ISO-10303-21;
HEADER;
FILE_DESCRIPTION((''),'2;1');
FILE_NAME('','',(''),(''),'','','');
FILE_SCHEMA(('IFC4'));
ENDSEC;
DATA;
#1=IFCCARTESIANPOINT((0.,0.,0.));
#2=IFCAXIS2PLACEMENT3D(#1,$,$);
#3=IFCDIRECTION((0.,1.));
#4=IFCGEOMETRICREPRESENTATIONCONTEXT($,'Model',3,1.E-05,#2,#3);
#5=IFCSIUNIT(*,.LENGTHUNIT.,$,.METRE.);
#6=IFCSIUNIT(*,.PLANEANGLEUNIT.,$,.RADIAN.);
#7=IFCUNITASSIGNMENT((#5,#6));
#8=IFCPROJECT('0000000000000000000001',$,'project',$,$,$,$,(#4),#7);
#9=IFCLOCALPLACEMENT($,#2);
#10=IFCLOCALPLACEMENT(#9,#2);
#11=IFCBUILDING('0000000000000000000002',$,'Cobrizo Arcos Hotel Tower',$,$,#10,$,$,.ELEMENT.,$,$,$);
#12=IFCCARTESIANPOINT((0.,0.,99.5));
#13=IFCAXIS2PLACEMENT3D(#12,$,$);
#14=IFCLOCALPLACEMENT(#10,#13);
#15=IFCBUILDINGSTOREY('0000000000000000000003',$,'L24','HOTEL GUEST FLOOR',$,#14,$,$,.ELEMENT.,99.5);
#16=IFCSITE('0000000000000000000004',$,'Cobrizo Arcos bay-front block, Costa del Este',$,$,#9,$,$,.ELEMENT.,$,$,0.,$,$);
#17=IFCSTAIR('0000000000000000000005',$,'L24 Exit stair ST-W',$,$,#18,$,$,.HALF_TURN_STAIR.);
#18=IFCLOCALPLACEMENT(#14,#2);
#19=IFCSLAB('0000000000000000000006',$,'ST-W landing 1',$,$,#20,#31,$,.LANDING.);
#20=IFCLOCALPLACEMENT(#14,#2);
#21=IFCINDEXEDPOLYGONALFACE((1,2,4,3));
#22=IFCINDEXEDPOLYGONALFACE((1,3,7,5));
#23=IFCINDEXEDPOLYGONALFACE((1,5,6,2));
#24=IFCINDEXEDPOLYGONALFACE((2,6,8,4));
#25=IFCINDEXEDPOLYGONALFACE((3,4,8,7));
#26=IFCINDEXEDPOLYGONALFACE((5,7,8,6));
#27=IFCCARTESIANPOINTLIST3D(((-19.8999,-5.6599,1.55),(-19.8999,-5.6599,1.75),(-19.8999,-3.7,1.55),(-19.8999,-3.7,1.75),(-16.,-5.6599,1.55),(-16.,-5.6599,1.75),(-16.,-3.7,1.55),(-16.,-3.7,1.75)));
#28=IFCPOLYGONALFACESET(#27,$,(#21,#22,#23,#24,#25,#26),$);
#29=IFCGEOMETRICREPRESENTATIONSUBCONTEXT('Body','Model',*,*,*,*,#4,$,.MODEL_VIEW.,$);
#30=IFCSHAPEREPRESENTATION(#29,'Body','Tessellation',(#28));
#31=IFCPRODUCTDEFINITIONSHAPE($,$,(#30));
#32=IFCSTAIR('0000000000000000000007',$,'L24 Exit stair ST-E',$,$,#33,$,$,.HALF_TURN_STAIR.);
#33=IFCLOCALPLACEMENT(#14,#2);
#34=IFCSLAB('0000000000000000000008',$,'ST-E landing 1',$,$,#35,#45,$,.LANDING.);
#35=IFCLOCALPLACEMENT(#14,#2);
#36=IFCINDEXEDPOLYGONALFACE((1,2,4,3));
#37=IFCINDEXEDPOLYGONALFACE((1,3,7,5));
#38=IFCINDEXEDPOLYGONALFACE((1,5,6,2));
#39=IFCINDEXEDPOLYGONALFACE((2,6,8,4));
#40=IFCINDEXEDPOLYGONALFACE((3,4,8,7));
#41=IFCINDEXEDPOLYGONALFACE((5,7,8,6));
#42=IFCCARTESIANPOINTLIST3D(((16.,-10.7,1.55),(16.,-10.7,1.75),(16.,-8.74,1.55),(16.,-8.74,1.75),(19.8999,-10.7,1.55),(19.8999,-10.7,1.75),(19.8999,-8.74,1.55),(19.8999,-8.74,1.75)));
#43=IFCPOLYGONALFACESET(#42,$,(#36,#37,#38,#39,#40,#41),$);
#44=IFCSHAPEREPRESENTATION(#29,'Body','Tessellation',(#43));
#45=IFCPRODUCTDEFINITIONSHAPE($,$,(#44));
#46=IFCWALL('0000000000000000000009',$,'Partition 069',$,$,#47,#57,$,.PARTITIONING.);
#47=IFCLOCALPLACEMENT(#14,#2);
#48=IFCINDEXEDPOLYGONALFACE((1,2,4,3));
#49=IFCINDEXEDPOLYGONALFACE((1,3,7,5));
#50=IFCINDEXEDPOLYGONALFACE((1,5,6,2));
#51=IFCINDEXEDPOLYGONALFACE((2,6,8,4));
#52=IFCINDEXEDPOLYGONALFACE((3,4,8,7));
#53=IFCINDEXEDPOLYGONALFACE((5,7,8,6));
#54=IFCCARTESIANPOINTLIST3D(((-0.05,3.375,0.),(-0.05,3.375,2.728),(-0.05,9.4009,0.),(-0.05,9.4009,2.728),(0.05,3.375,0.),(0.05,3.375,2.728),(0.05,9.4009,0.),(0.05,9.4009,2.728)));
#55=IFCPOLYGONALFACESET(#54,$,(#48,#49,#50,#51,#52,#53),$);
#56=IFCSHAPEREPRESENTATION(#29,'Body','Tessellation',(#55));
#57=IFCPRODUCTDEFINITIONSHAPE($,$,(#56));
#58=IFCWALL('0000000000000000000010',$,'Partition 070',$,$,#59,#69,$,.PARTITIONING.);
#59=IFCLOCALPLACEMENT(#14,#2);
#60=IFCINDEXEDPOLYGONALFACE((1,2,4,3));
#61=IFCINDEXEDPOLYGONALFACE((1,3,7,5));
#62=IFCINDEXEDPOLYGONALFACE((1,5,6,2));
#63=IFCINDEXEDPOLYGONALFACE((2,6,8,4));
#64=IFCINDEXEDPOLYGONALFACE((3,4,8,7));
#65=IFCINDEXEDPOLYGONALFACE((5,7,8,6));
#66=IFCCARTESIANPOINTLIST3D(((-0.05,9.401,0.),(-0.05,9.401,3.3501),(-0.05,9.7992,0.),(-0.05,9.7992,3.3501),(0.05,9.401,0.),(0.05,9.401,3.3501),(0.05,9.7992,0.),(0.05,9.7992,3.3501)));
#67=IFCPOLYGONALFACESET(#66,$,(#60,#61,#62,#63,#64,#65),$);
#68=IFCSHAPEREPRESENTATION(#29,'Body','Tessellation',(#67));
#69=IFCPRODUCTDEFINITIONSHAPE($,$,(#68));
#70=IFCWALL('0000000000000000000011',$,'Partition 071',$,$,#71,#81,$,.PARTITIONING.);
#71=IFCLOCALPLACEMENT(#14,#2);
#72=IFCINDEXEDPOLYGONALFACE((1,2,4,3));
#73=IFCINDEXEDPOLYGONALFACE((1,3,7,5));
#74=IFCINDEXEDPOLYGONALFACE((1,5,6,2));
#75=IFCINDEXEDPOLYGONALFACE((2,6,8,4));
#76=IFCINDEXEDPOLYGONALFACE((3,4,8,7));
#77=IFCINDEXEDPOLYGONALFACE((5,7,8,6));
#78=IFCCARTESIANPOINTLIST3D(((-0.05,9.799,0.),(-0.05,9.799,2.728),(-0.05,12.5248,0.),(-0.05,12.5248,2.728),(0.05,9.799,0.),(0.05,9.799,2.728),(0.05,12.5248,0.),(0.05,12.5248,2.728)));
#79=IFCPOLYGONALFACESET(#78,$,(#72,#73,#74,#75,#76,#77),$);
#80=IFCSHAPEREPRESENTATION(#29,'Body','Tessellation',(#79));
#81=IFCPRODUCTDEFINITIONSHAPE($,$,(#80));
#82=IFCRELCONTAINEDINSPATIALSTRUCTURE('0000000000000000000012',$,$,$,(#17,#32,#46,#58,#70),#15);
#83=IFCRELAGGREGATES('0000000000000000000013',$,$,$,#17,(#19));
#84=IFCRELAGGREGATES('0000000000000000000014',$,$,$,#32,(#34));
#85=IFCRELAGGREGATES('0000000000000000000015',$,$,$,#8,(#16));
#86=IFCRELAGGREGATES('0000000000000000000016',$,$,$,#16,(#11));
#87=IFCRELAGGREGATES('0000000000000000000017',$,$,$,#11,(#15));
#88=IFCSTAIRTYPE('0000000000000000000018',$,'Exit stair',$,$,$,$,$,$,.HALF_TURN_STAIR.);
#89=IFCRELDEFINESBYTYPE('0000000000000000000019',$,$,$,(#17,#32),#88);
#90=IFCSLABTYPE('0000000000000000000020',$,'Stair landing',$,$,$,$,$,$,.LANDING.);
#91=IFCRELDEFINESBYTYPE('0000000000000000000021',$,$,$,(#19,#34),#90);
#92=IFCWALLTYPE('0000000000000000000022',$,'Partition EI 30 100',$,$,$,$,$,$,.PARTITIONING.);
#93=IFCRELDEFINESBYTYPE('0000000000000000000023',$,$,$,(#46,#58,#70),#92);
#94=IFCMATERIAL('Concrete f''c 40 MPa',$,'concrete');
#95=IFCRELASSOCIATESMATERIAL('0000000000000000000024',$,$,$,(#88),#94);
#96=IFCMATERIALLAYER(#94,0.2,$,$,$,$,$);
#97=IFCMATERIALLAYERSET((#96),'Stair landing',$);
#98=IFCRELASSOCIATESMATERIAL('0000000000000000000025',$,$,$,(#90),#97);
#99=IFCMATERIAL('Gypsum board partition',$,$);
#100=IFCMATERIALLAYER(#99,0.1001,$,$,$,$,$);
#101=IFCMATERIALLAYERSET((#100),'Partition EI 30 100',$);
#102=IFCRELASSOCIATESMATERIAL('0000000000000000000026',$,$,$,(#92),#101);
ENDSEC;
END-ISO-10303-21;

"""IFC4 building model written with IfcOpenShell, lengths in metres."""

from ifc_helpers import new_model, si_unit, direction, frame, frame_2d, origin, place, context, subcontext, project, spatial, polyline, rectangle, outline, extrude, material, layer, layer_set, type_object, element, aggregate, save


model = new_model("IFC4")

# Units and contexts
model_context = context("Model", 3, precision=1e-05, world=origin(), true_north=direction((0.0, 1.0)))
body_context = subcontext(model_context, "Body", "Model", "MODEL_VIEW")
ifc_project = project(units=[si_unit("LENGTHUNIT", "METRE"), si_unit("PLANEANGLEUNIT", "RADIAN")], contexts=[model_context])

# Site, building, storey
site_placement = place(None, origin())
site = spatial("IfcSite", under=ifc_project, at=site_placement, Name="Cobrizo Arcos bay-front block, Costa del Este", CompositionType="ELEMENT", RefElevation=0.0)
building_placement = place(site_placement, origin())
building = spatial("IfcBuilding", under=site, at=building_placement, Name="Cobrizo Arcos Hotel Tower", CompositionType="ELEMENT")
storey_placement = place(building_placement, frame((0.0, 0.0, 99.5)))
storey = spatial("IfcBuildingStorey", under=building, at=storey_placement, Name="L24", Description="HOTEL GUEST FLOOR", CompositionType="ELEMENT", Elevation=99.5)

# Stairs, slabs
ifc_material_1 = material(Name="Concrete f'c 40 MPa", Category="concrete")
stair_type = type_object("IfcStairType", Name="Exit stair", PredefinedType="HALF_TURN_STAIR", material=ifc_material_1)
stair_1_placement = place(storey_placement, origin())
stair_1 = element("IfcStair", 1, at=stair_1_placement, inside=storey, type_object=stair_type, Name="L24 Exit stair ST-W", PredefinedType="HALF_TURN_STAIR")
ifc_layer_1 = layer(ifc_material_1, 0.2)
ifc_layer_set_1 = layer_set([ifc_layer_1], Name="Stair landing")
slab_type_1 = type_object("IfcSlabType", Name="Stair landing", PredefinedType="LANDING", material=ifc_layer_set_1)
slab_1_placement = place(storey_placement, frame((0.0, 0.0, 1.55)))
slab_1 = element("IfcSlab", 2, at=slab_1_placement, type_object=slab_type_1, Name="ST-W landing 1", PredefinedType="LANDING", context=body_context, shape_type="SweptSolid", body=[
    extrude(outline(polyline([(-16.0, -5.6599), (-16.0, -3.7), (-19.8999, -3.7), (-19.8999, -5.6599), (-16.0, -5.6599)])), origin(), (0.0, 0.0, 1.0), 0.2),
])
aggregate(stair_1, [slab_1])
stair_2_placement = place(storey_placement, origin())
stair_2 = element("IfcStair", 3, at=stair_2_placement, inside=storey, type_object=stair_type, Name="L24 Exit stair ST-E", PredefinedType="HALF_TURN_STAIR")
slab_2_placement = place(storey_placement, frame((0.0, 0.0, 1.55)))
slab_2 = element("IfcSlab", 4, at=slab_2_placement, type_object=slab_type_1, Name="ST-E landing 1", PredefinedType="LANDING", context=body_context, shape_type="SweptSolid", body=[
    extrude(outline(polyline([(16.0, -8.74), (16.0, -10.7), (19.8999, -10.7), (19.8999, -8.74), (16.0, -8.74)])), origin(), (0.0, 0.0, 1.0), 0.2),
])
aggregate(stair_2, [slab_2])

# Walls
ifc_material_2 = material(Name="Gypsum board partition")
ifc_layer_2 = layer(ifc_material_2, 0.1001)
ifc_layer_set_2 = layer_set([ifc_layer_2], Name="Partition EI 30 100")
wall_type = type_object("IfcWallType", Name="Partition EI 30 100", PredefinedType="PARTITIONING", material=ifc_layer_set_2)
wall_1_placement = place(storey_placement, frame((0.0, 3.375, 0.0), z_axis=(0.0, 0.0, 1.0), x_axis=(0.0, 1.0, 0.0)))
element("IfcWall", 5, at=wall_1_placement, inside=storey, type_object=wall_type, Name="Partition 069", PredefinedType="PARTITIONING", context=body_context, shape_type="SweptSolid", body=[
    extrude(rectangle(XDim=6.0259, YDim=0.1001, at=frame_2d((3.0129, 0.0))), origin(), (0.0, 0.0, 1.0), 2.728),
])
wall_2_placement = place(storey_placement, frame((0.0, 9.4009, 0.0), z_axis=(0.0, 0.0, 1.0), x_axis=(0.0, 1.0, 0.0)))
element("IfcWall", 6, at=wall_2_placement, inside=storey, type_object=wall_type, Name="Partition 070", PredefinedType="PARTITIONING", context=body_context, shape_type="SweptSolid", body=[
    extrude(rectangle(XDim=0.3982, YDim=0.1001, at=frame_2d((0.1992, 0.0))), origin(), (0.0, 0.0, 1.0), 3.3501),
])
wall_3_placement = place(storey_placement, frame((0.0, 9.7991, 0.0), z_axis=(0.0, 0.0, 1.0), x_axis=(0.0, 1.0, 0.0)))
element("IfcWall", 7, at=wall_3_placement, inside=storey, type_object=wall_type, Name="Partition 071", PredefinedType="PARTITIONING", context=body_context, shape_type="SweptSolid", body=[
    extrude(rectangle(XDim=2.7258, YDim=0.1001, at=frame_2d((1.3628, 0.0))), origin(), (0.0, 0.0, 1.0), 2.728),
])

save(model, "model.ifc")
